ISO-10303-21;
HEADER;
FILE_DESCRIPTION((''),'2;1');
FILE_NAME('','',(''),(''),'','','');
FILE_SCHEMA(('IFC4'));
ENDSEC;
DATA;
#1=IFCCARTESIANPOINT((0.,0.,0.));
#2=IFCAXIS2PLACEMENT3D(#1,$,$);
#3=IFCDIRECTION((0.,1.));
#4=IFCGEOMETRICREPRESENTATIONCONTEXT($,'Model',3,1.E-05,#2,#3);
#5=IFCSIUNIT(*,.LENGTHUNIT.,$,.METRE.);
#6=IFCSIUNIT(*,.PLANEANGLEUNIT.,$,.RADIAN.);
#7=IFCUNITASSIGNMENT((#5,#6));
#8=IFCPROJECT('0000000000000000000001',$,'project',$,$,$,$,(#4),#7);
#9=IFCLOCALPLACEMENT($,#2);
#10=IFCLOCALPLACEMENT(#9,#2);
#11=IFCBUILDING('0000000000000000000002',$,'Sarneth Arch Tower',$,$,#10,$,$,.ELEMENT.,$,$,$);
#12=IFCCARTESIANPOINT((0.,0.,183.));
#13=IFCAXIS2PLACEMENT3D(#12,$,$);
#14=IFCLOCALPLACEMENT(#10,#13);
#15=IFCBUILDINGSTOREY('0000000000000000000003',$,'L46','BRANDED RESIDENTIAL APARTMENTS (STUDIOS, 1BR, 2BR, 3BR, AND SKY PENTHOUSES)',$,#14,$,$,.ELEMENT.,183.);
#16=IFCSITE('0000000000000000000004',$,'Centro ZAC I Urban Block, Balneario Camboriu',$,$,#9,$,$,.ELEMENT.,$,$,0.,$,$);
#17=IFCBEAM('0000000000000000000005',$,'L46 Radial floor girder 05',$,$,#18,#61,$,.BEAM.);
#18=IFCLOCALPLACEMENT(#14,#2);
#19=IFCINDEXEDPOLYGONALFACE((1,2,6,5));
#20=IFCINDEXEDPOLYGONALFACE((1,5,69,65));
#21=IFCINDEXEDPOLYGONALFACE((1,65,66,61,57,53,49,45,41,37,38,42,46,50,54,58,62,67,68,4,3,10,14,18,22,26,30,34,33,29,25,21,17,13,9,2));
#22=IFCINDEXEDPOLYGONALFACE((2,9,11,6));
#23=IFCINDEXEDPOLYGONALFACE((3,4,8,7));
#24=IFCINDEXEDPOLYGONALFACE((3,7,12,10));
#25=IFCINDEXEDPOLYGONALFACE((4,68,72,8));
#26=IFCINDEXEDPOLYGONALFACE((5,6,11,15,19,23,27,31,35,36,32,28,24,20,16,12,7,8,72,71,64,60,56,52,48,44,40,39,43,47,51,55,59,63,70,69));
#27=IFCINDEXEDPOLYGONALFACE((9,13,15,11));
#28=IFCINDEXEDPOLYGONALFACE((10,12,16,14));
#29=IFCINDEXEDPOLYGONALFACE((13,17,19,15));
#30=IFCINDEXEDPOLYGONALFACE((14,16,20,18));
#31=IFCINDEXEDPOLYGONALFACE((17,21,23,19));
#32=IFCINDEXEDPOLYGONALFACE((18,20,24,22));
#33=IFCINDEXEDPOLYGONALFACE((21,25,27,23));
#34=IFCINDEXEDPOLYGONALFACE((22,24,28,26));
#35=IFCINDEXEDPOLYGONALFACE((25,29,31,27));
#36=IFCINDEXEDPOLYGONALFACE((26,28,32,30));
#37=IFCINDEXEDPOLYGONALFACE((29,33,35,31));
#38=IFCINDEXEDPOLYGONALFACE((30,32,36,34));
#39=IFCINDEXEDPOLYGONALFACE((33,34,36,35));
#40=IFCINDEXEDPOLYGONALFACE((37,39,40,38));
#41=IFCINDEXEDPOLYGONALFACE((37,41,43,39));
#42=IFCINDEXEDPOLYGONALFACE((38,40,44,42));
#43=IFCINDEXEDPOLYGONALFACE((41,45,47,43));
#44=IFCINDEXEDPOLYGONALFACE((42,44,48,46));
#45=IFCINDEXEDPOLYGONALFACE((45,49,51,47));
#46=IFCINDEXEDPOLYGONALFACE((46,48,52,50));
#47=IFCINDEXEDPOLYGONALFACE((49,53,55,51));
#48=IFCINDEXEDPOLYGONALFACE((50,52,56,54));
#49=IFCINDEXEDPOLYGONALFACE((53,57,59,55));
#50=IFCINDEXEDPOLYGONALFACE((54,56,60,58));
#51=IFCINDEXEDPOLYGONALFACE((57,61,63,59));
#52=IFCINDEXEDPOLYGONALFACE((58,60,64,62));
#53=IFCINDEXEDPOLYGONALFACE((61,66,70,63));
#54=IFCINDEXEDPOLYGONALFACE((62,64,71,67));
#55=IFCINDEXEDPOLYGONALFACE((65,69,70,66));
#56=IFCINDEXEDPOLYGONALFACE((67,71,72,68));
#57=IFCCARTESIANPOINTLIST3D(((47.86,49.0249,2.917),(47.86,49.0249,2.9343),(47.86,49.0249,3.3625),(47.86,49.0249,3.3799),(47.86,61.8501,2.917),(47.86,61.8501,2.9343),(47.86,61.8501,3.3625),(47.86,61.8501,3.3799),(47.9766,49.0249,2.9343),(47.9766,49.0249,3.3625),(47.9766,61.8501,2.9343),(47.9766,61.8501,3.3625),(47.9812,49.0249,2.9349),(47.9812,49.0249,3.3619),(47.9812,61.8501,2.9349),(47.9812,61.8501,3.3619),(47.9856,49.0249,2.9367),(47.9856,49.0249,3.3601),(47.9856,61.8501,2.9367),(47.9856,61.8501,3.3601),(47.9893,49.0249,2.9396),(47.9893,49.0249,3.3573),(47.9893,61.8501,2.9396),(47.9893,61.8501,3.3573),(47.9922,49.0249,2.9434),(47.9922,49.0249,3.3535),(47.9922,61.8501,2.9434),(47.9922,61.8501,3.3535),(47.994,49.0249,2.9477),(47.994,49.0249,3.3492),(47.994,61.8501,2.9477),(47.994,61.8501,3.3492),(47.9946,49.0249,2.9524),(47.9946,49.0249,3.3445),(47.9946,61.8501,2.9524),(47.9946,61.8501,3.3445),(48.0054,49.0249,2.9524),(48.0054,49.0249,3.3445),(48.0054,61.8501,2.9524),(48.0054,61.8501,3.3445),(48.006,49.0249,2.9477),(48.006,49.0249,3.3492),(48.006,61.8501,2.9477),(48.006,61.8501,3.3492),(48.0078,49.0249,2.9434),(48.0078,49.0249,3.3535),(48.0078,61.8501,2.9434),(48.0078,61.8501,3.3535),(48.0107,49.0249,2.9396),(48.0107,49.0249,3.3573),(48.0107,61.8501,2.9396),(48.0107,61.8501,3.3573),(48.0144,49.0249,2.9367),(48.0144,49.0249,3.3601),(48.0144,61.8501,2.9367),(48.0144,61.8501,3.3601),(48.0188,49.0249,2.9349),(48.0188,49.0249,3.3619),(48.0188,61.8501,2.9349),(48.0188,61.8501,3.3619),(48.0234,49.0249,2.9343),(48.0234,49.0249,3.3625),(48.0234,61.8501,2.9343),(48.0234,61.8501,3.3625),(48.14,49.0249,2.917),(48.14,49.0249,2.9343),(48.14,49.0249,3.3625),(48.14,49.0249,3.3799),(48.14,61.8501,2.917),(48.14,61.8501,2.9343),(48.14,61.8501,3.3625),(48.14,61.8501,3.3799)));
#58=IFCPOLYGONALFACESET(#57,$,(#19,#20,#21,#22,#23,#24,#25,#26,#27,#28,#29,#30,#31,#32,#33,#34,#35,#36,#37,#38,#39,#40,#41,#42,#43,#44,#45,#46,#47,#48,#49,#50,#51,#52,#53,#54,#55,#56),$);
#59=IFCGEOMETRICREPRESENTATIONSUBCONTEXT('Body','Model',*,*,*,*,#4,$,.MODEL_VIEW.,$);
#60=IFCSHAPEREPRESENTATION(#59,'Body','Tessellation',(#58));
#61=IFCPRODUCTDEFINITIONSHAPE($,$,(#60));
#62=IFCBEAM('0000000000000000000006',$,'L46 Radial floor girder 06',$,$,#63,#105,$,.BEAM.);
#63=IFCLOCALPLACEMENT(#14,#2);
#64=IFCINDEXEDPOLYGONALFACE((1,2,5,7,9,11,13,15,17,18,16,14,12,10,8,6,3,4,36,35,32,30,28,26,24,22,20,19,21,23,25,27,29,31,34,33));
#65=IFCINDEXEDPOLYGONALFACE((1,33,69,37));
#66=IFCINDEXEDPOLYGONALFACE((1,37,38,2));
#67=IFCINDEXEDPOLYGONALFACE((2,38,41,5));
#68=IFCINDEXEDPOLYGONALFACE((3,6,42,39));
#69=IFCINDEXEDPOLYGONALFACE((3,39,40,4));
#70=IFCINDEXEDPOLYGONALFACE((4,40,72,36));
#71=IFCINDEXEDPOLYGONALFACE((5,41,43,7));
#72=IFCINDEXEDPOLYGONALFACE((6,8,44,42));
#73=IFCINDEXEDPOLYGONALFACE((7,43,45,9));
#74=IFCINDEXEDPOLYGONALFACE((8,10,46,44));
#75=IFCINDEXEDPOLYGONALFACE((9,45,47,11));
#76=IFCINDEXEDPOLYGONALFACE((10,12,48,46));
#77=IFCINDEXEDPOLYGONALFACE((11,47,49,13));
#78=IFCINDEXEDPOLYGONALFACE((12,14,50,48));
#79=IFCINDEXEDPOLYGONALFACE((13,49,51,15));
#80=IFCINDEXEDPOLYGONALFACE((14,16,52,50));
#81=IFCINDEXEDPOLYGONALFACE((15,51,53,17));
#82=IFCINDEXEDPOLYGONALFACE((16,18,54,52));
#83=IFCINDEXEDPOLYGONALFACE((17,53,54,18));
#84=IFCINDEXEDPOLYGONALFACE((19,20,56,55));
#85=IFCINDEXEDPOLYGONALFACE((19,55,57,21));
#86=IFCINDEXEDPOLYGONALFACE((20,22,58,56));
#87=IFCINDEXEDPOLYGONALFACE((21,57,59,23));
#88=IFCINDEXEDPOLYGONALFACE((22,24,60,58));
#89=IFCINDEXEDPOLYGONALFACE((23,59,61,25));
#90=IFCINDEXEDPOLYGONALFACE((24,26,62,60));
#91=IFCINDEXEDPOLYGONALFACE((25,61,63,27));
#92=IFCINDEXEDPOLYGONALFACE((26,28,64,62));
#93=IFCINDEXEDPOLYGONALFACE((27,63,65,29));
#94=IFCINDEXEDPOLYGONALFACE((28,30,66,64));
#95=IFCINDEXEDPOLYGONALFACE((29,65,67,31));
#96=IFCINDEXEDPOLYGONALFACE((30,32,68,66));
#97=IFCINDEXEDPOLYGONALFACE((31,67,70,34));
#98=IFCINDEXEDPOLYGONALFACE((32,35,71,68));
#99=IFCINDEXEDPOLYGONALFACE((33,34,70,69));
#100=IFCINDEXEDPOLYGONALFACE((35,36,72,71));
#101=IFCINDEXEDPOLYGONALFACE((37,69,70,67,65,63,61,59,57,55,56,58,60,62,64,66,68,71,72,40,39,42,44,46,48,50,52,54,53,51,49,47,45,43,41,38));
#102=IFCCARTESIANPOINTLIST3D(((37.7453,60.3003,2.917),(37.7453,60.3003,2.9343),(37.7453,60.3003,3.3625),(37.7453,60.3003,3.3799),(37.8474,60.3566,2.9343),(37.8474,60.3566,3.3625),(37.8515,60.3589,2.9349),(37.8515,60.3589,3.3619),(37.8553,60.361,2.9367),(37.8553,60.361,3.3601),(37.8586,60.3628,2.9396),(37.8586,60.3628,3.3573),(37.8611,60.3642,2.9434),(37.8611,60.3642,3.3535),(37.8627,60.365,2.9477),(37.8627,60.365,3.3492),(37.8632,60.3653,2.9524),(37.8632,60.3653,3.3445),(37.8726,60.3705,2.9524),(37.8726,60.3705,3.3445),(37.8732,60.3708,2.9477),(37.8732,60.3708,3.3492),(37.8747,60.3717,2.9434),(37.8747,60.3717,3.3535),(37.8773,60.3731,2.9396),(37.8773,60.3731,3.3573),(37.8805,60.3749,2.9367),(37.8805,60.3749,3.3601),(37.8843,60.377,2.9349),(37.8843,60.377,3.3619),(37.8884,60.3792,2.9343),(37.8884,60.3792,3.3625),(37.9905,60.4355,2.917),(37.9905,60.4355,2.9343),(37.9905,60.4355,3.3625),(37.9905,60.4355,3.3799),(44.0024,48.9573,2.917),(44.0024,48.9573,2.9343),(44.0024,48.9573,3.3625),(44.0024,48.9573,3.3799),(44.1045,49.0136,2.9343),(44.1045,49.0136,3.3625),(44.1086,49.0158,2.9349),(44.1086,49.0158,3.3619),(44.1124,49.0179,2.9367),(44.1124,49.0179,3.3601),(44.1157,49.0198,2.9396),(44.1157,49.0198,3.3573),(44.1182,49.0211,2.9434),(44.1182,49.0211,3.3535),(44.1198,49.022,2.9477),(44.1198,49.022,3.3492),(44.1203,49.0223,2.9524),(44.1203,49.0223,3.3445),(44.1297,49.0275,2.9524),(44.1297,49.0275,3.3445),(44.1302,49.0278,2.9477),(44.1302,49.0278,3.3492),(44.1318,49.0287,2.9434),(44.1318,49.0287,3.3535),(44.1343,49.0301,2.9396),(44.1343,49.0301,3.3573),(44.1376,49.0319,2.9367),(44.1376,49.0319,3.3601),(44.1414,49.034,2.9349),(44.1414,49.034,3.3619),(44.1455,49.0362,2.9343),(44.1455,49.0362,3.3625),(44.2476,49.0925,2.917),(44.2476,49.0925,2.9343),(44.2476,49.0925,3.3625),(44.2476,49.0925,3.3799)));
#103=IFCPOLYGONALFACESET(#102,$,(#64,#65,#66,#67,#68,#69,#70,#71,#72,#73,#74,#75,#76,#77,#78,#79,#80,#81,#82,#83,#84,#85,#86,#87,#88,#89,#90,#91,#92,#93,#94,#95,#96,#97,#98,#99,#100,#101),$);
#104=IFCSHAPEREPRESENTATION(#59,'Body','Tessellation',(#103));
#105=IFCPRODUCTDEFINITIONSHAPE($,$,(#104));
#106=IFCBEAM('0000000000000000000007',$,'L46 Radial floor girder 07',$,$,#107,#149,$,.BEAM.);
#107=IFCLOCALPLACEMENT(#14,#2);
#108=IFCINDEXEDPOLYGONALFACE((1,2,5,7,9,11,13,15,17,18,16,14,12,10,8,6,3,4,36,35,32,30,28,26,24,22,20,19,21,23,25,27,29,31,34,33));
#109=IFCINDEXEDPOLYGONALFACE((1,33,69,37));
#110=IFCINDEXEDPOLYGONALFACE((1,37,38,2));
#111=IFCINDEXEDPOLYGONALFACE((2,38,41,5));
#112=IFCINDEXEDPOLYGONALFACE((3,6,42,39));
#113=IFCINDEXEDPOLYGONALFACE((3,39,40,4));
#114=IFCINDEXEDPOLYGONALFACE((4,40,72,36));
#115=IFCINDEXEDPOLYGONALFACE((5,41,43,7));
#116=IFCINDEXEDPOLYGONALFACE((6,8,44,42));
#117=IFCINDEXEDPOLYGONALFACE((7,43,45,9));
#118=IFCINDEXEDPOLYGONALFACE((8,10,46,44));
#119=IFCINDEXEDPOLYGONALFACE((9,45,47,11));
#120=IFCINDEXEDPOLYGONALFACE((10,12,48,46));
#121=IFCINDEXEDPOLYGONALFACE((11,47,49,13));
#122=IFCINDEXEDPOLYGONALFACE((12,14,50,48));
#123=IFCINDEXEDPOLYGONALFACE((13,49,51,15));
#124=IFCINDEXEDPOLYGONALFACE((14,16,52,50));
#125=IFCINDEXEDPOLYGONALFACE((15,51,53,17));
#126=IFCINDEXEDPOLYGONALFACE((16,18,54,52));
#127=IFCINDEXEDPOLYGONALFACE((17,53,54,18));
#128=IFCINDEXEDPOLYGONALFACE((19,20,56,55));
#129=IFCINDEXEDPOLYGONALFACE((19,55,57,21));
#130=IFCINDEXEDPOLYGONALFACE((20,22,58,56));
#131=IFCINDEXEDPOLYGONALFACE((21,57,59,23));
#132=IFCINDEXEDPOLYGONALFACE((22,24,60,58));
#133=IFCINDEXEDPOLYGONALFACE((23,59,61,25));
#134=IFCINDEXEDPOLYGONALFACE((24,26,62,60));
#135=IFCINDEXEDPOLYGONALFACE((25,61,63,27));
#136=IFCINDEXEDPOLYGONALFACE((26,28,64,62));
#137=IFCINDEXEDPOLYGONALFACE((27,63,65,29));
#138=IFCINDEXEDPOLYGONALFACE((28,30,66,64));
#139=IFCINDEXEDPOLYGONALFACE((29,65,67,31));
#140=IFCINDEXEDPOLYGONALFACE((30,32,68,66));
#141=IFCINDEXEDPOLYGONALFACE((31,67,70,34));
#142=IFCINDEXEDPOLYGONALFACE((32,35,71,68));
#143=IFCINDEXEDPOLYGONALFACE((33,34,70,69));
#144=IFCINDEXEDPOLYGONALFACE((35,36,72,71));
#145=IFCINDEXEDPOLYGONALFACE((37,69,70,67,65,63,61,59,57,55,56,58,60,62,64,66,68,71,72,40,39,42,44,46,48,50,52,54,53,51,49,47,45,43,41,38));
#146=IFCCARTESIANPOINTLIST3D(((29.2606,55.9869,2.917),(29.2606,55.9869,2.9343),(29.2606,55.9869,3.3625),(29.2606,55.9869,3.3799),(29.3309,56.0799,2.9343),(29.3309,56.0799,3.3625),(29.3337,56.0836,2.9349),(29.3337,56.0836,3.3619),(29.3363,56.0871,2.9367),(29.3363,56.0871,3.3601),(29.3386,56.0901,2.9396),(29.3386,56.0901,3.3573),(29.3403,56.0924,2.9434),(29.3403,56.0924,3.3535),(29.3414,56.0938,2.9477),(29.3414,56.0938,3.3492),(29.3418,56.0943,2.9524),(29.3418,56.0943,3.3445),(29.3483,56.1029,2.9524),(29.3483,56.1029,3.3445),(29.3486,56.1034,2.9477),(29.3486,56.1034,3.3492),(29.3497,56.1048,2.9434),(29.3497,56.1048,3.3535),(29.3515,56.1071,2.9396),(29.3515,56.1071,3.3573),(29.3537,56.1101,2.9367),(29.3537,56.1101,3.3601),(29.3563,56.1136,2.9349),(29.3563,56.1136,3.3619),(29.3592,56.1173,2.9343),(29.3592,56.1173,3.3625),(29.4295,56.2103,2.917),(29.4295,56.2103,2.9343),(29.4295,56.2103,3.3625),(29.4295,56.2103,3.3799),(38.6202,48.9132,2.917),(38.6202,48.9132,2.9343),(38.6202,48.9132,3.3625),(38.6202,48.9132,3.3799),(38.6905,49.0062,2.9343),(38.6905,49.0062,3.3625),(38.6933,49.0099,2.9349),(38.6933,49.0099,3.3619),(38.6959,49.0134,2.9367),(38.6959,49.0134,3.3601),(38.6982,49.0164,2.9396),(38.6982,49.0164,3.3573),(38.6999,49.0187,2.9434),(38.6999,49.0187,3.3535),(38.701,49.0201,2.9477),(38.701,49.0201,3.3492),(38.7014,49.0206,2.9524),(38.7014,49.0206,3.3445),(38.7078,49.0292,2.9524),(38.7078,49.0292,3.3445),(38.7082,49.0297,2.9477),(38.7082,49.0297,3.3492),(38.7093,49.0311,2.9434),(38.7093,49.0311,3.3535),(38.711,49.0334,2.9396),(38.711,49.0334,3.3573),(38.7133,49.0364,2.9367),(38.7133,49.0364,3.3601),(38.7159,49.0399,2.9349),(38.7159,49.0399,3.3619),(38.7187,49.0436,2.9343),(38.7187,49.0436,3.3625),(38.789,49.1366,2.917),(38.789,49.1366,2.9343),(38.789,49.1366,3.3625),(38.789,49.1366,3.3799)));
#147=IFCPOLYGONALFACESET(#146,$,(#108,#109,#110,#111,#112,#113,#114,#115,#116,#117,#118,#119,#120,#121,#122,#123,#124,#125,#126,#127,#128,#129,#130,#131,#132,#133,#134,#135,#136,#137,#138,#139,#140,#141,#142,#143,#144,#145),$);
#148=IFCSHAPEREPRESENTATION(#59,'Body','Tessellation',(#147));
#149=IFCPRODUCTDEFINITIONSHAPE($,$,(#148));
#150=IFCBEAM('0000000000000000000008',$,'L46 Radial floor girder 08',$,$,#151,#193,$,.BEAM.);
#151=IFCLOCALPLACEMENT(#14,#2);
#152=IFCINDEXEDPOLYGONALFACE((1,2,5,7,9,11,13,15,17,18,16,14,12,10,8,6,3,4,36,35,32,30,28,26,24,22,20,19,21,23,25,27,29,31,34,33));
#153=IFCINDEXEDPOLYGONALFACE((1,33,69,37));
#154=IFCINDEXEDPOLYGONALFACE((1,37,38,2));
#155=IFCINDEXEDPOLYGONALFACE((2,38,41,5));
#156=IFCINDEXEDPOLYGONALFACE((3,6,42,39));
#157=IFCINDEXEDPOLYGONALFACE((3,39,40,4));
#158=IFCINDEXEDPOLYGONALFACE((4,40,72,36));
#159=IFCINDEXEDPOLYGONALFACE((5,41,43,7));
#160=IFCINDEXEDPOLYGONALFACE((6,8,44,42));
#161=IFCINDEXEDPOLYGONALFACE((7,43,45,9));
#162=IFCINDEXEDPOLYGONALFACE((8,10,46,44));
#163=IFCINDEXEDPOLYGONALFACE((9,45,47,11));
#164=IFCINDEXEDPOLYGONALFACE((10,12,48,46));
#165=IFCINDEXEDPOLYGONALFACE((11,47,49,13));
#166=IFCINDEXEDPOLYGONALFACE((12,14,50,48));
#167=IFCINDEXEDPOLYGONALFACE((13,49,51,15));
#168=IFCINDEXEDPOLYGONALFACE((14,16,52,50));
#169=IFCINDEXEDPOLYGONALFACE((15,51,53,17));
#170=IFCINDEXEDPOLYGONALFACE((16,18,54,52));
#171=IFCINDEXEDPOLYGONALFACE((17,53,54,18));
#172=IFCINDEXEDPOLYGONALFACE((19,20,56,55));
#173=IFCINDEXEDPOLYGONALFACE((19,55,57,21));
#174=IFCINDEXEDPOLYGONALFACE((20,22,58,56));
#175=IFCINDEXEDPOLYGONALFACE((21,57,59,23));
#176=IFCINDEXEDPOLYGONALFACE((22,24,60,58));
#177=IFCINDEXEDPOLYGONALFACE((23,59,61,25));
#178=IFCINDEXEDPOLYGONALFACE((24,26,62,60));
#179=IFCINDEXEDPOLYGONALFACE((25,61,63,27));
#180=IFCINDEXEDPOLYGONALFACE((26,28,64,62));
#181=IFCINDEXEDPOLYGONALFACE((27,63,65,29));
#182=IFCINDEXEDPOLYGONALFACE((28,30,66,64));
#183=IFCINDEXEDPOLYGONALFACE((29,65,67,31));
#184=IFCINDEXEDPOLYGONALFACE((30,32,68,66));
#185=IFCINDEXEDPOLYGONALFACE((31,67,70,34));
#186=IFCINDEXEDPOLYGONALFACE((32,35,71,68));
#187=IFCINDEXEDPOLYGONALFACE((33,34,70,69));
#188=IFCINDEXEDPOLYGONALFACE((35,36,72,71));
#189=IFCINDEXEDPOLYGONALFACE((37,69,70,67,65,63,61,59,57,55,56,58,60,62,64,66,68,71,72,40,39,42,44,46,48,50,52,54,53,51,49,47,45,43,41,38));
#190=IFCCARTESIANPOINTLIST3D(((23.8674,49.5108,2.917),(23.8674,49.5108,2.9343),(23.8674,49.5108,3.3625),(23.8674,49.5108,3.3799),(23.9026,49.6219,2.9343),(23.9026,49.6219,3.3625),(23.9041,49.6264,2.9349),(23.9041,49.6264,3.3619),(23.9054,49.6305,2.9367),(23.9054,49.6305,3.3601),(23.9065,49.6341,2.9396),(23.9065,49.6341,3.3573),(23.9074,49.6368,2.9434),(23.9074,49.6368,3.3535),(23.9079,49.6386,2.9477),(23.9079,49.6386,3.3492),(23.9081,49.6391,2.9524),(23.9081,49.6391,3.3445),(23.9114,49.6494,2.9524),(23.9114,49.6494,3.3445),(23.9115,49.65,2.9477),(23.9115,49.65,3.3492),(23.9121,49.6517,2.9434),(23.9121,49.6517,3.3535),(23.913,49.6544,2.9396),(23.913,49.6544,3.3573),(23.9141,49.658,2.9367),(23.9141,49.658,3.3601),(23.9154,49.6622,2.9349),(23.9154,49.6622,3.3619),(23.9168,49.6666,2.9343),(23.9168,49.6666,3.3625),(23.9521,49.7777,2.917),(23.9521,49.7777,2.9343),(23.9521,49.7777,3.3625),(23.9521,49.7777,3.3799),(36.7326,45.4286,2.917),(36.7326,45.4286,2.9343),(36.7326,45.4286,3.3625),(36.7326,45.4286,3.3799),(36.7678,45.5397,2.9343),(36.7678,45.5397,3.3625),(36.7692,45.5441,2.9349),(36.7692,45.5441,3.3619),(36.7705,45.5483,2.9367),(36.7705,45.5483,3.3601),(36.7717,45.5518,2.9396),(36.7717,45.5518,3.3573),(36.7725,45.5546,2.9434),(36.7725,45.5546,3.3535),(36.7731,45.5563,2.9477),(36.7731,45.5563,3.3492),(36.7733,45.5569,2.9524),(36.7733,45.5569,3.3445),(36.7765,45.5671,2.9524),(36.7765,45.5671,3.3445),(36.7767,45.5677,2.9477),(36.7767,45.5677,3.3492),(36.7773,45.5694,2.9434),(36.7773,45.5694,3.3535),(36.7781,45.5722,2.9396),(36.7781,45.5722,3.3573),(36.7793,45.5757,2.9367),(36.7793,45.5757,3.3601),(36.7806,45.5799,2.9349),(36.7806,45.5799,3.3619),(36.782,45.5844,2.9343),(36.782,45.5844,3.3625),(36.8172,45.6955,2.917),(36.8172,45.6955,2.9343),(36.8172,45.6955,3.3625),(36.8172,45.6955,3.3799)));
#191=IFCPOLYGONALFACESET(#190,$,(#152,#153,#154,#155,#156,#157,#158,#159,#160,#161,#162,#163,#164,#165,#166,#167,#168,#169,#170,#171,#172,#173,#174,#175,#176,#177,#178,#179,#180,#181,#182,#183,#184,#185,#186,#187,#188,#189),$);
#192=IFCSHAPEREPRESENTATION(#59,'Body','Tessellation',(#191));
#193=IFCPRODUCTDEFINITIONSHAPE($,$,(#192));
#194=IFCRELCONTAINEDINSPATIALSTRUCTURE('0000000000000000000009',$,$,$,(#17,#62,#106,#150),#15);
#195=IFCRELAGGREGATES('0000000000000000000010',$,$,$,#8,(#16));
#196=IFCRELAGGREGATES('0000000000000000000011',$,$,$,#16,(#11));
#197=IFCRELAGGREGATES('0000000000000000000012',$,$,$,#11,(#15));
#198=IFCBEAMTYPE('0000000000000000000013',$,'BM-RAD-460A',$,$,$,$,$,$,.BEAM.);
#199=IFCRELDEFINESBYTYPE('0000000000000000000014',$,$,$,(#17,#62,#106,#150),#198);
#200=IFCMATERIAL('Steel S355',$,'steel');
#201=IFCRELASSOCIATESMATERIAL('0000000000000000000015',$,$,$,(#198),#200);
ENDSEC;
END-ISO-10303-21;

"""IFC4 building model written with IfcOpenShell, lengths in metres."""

from ifc_helpers import new_model, si_unit, direction, frame, origin, origin_2d, place, context, subcontext, project, spatial, i_section, extrude, material, material_profile, profile_set, type_object, element, save


model = new_model("IFC4")

# Units and contexts
model_context = context("Model", 3, precision=1e-05, world=origin(), true_north=direction((0.0, 1.0)))
body_context = subcontext(model_context, "Body", "Model", "MODEL_VIEW")
ifc_project = project(units=[si_unit("LENGTHUNIT", "METRE"), si_unit("PLANEANGLEUNIT", "RADIAN")], contexts=[model_context])

# Site, building, storey
site_placement = place(None, origin())
site = spatial("IfcSite", under=ifc_project, at=site_placement, Name="Centro ZAC I Urban Block, Balneario Camboriu", CompositionType="ELEMENT", RefElevation=0.0)
building_placement = place(site_placement, origin())
building = spatial("IfcBuilding", under=site, at=building_placement, Name="Sarneth Arch Tower", CompositionType="ELEMENT")
storey_placement = place(building_placement, frame((0.0, 0.0, 183.0)))
storey = spatial("IfcBuildingStorey", under=building, at=storey_placement, Name="L46", Description="BRANDED RESIDENTIAL APARTMENTS (STUDIOS, 1BR, 2BR, 3BR, AND SKY PENTHOUSES)", CompositionType="ELEMENT", Elevation=183.0)

# Beams
ifc_material_1 = material(Name="Steel S355", Category="steel")
ifc_material_profile = material_profile(ifc_material_1, i_section(OverallWidth=0.28, OverallDepth=0.4629, WebThickness=0.0107, FlangeThickness=0.0173, FilletRadius=0.0181, at=origin_2d()), Name="W460x113")
ifc_profile_set = profile_set([ifc_material_profile], Name="Steel S355")
beam_type = type_object("IfcBeamType", Name="BM-RAD-460A", PredefinedType="BEAM", material=ifc_profile_set)
beam_1_placement = place(storey_placement, frame((48.0, 49.0249, 3.1484), z_axis=(0.0, 1.0, 0.0), x_axis=(-1.0, 0.0, 0.0)))
element("IfcBeam", 1, at=beam_1_placement, inside=storey, type_object=beam_type, Name="L46 Radial floor girder 05", PredefinedType="BEAM", context=body_context, shape_type="SweptSolid", body=[
    extrude(i_section(OverallWidth=0.28, OverallDepth=0.4629, WebThickness=0.0107, FlangeThickness=0.0173, FilletRadius=0.0181, at=origin_2d()), origin(), (0.0, 0.0, 1.0), 12.8252),
])
beam_2_placement = place(storey_placement, frame((44.125, 49.0249, 3.1484), z_axis=(-0.48301, 0.875615, 0.0), x_axis=(-0.875615, -0.48301, 0.0)))
element("IfcBeam", 2, at=beam_2_placement, inside=storey, type_object=beam_type, Name="L46 Radial floor girder 06", PredefinedType="BEAM", context=body_context, shape_type="SweptSolid", body=[
    extrude(i_section(OverallWidth=0.28, OverallDepth=0.4629, WebThickness=0.0107, FlangeThickness=0.0173, FilletRadius=0.0181, at=origin_2d()), origin(), (0.0, 0.0, 1.0), 12.9543),
])
beam_3_placement = place(storey_placement, frame((38.7046, 49.0249, 3.1484), z_axis=(-0.797785, 0.602943, 0.0), x_axis=(-0.602943, -0.797785, 0.0)))
element("IfcBeam", 3, at=beam_3_placement, inside=storey, type_object=beam_type, Name="L46 Radial floor girder 07", PredefinedType="BEAM", context=body_context, shape_type="SweptSolid", body=[
    extrude(i_section(OverallWidth=0.28, OverallDepth=0.4629, WebThickness=0.0107, FlangeThickness=0.0173, FilletRadius=0.0181, at=origin_2d()), origin(), (0.0, 0.0, 1.0), 11.7319),
])
beam_4_placement = place(storey_placement, frame((36.7749, 45.562, 3.1484), z_axis=(-0.953165, 0.302449, 0.0), x_axis=(-0.302449, -0.953165, 0.0)))
element("IfcBeam", 4, at=beam_4_placement, inside=storey, type_object=beam_type, Name="L46 Radial floor girder 08", PredefinedType="BEAM", context=body_context, shape_type="SweptSolid", body=[
    extrude(i_section(OverallWidth=0.28, OverallDepth=0.4629, WebThickness=0.0107, FlangeThickness=0.0173, FilletRadius=0.0181, at=origin_2d()), origin(), (0.0, 0.0, 1.0), 13.4973),
])

save(model, "model.ifc")
